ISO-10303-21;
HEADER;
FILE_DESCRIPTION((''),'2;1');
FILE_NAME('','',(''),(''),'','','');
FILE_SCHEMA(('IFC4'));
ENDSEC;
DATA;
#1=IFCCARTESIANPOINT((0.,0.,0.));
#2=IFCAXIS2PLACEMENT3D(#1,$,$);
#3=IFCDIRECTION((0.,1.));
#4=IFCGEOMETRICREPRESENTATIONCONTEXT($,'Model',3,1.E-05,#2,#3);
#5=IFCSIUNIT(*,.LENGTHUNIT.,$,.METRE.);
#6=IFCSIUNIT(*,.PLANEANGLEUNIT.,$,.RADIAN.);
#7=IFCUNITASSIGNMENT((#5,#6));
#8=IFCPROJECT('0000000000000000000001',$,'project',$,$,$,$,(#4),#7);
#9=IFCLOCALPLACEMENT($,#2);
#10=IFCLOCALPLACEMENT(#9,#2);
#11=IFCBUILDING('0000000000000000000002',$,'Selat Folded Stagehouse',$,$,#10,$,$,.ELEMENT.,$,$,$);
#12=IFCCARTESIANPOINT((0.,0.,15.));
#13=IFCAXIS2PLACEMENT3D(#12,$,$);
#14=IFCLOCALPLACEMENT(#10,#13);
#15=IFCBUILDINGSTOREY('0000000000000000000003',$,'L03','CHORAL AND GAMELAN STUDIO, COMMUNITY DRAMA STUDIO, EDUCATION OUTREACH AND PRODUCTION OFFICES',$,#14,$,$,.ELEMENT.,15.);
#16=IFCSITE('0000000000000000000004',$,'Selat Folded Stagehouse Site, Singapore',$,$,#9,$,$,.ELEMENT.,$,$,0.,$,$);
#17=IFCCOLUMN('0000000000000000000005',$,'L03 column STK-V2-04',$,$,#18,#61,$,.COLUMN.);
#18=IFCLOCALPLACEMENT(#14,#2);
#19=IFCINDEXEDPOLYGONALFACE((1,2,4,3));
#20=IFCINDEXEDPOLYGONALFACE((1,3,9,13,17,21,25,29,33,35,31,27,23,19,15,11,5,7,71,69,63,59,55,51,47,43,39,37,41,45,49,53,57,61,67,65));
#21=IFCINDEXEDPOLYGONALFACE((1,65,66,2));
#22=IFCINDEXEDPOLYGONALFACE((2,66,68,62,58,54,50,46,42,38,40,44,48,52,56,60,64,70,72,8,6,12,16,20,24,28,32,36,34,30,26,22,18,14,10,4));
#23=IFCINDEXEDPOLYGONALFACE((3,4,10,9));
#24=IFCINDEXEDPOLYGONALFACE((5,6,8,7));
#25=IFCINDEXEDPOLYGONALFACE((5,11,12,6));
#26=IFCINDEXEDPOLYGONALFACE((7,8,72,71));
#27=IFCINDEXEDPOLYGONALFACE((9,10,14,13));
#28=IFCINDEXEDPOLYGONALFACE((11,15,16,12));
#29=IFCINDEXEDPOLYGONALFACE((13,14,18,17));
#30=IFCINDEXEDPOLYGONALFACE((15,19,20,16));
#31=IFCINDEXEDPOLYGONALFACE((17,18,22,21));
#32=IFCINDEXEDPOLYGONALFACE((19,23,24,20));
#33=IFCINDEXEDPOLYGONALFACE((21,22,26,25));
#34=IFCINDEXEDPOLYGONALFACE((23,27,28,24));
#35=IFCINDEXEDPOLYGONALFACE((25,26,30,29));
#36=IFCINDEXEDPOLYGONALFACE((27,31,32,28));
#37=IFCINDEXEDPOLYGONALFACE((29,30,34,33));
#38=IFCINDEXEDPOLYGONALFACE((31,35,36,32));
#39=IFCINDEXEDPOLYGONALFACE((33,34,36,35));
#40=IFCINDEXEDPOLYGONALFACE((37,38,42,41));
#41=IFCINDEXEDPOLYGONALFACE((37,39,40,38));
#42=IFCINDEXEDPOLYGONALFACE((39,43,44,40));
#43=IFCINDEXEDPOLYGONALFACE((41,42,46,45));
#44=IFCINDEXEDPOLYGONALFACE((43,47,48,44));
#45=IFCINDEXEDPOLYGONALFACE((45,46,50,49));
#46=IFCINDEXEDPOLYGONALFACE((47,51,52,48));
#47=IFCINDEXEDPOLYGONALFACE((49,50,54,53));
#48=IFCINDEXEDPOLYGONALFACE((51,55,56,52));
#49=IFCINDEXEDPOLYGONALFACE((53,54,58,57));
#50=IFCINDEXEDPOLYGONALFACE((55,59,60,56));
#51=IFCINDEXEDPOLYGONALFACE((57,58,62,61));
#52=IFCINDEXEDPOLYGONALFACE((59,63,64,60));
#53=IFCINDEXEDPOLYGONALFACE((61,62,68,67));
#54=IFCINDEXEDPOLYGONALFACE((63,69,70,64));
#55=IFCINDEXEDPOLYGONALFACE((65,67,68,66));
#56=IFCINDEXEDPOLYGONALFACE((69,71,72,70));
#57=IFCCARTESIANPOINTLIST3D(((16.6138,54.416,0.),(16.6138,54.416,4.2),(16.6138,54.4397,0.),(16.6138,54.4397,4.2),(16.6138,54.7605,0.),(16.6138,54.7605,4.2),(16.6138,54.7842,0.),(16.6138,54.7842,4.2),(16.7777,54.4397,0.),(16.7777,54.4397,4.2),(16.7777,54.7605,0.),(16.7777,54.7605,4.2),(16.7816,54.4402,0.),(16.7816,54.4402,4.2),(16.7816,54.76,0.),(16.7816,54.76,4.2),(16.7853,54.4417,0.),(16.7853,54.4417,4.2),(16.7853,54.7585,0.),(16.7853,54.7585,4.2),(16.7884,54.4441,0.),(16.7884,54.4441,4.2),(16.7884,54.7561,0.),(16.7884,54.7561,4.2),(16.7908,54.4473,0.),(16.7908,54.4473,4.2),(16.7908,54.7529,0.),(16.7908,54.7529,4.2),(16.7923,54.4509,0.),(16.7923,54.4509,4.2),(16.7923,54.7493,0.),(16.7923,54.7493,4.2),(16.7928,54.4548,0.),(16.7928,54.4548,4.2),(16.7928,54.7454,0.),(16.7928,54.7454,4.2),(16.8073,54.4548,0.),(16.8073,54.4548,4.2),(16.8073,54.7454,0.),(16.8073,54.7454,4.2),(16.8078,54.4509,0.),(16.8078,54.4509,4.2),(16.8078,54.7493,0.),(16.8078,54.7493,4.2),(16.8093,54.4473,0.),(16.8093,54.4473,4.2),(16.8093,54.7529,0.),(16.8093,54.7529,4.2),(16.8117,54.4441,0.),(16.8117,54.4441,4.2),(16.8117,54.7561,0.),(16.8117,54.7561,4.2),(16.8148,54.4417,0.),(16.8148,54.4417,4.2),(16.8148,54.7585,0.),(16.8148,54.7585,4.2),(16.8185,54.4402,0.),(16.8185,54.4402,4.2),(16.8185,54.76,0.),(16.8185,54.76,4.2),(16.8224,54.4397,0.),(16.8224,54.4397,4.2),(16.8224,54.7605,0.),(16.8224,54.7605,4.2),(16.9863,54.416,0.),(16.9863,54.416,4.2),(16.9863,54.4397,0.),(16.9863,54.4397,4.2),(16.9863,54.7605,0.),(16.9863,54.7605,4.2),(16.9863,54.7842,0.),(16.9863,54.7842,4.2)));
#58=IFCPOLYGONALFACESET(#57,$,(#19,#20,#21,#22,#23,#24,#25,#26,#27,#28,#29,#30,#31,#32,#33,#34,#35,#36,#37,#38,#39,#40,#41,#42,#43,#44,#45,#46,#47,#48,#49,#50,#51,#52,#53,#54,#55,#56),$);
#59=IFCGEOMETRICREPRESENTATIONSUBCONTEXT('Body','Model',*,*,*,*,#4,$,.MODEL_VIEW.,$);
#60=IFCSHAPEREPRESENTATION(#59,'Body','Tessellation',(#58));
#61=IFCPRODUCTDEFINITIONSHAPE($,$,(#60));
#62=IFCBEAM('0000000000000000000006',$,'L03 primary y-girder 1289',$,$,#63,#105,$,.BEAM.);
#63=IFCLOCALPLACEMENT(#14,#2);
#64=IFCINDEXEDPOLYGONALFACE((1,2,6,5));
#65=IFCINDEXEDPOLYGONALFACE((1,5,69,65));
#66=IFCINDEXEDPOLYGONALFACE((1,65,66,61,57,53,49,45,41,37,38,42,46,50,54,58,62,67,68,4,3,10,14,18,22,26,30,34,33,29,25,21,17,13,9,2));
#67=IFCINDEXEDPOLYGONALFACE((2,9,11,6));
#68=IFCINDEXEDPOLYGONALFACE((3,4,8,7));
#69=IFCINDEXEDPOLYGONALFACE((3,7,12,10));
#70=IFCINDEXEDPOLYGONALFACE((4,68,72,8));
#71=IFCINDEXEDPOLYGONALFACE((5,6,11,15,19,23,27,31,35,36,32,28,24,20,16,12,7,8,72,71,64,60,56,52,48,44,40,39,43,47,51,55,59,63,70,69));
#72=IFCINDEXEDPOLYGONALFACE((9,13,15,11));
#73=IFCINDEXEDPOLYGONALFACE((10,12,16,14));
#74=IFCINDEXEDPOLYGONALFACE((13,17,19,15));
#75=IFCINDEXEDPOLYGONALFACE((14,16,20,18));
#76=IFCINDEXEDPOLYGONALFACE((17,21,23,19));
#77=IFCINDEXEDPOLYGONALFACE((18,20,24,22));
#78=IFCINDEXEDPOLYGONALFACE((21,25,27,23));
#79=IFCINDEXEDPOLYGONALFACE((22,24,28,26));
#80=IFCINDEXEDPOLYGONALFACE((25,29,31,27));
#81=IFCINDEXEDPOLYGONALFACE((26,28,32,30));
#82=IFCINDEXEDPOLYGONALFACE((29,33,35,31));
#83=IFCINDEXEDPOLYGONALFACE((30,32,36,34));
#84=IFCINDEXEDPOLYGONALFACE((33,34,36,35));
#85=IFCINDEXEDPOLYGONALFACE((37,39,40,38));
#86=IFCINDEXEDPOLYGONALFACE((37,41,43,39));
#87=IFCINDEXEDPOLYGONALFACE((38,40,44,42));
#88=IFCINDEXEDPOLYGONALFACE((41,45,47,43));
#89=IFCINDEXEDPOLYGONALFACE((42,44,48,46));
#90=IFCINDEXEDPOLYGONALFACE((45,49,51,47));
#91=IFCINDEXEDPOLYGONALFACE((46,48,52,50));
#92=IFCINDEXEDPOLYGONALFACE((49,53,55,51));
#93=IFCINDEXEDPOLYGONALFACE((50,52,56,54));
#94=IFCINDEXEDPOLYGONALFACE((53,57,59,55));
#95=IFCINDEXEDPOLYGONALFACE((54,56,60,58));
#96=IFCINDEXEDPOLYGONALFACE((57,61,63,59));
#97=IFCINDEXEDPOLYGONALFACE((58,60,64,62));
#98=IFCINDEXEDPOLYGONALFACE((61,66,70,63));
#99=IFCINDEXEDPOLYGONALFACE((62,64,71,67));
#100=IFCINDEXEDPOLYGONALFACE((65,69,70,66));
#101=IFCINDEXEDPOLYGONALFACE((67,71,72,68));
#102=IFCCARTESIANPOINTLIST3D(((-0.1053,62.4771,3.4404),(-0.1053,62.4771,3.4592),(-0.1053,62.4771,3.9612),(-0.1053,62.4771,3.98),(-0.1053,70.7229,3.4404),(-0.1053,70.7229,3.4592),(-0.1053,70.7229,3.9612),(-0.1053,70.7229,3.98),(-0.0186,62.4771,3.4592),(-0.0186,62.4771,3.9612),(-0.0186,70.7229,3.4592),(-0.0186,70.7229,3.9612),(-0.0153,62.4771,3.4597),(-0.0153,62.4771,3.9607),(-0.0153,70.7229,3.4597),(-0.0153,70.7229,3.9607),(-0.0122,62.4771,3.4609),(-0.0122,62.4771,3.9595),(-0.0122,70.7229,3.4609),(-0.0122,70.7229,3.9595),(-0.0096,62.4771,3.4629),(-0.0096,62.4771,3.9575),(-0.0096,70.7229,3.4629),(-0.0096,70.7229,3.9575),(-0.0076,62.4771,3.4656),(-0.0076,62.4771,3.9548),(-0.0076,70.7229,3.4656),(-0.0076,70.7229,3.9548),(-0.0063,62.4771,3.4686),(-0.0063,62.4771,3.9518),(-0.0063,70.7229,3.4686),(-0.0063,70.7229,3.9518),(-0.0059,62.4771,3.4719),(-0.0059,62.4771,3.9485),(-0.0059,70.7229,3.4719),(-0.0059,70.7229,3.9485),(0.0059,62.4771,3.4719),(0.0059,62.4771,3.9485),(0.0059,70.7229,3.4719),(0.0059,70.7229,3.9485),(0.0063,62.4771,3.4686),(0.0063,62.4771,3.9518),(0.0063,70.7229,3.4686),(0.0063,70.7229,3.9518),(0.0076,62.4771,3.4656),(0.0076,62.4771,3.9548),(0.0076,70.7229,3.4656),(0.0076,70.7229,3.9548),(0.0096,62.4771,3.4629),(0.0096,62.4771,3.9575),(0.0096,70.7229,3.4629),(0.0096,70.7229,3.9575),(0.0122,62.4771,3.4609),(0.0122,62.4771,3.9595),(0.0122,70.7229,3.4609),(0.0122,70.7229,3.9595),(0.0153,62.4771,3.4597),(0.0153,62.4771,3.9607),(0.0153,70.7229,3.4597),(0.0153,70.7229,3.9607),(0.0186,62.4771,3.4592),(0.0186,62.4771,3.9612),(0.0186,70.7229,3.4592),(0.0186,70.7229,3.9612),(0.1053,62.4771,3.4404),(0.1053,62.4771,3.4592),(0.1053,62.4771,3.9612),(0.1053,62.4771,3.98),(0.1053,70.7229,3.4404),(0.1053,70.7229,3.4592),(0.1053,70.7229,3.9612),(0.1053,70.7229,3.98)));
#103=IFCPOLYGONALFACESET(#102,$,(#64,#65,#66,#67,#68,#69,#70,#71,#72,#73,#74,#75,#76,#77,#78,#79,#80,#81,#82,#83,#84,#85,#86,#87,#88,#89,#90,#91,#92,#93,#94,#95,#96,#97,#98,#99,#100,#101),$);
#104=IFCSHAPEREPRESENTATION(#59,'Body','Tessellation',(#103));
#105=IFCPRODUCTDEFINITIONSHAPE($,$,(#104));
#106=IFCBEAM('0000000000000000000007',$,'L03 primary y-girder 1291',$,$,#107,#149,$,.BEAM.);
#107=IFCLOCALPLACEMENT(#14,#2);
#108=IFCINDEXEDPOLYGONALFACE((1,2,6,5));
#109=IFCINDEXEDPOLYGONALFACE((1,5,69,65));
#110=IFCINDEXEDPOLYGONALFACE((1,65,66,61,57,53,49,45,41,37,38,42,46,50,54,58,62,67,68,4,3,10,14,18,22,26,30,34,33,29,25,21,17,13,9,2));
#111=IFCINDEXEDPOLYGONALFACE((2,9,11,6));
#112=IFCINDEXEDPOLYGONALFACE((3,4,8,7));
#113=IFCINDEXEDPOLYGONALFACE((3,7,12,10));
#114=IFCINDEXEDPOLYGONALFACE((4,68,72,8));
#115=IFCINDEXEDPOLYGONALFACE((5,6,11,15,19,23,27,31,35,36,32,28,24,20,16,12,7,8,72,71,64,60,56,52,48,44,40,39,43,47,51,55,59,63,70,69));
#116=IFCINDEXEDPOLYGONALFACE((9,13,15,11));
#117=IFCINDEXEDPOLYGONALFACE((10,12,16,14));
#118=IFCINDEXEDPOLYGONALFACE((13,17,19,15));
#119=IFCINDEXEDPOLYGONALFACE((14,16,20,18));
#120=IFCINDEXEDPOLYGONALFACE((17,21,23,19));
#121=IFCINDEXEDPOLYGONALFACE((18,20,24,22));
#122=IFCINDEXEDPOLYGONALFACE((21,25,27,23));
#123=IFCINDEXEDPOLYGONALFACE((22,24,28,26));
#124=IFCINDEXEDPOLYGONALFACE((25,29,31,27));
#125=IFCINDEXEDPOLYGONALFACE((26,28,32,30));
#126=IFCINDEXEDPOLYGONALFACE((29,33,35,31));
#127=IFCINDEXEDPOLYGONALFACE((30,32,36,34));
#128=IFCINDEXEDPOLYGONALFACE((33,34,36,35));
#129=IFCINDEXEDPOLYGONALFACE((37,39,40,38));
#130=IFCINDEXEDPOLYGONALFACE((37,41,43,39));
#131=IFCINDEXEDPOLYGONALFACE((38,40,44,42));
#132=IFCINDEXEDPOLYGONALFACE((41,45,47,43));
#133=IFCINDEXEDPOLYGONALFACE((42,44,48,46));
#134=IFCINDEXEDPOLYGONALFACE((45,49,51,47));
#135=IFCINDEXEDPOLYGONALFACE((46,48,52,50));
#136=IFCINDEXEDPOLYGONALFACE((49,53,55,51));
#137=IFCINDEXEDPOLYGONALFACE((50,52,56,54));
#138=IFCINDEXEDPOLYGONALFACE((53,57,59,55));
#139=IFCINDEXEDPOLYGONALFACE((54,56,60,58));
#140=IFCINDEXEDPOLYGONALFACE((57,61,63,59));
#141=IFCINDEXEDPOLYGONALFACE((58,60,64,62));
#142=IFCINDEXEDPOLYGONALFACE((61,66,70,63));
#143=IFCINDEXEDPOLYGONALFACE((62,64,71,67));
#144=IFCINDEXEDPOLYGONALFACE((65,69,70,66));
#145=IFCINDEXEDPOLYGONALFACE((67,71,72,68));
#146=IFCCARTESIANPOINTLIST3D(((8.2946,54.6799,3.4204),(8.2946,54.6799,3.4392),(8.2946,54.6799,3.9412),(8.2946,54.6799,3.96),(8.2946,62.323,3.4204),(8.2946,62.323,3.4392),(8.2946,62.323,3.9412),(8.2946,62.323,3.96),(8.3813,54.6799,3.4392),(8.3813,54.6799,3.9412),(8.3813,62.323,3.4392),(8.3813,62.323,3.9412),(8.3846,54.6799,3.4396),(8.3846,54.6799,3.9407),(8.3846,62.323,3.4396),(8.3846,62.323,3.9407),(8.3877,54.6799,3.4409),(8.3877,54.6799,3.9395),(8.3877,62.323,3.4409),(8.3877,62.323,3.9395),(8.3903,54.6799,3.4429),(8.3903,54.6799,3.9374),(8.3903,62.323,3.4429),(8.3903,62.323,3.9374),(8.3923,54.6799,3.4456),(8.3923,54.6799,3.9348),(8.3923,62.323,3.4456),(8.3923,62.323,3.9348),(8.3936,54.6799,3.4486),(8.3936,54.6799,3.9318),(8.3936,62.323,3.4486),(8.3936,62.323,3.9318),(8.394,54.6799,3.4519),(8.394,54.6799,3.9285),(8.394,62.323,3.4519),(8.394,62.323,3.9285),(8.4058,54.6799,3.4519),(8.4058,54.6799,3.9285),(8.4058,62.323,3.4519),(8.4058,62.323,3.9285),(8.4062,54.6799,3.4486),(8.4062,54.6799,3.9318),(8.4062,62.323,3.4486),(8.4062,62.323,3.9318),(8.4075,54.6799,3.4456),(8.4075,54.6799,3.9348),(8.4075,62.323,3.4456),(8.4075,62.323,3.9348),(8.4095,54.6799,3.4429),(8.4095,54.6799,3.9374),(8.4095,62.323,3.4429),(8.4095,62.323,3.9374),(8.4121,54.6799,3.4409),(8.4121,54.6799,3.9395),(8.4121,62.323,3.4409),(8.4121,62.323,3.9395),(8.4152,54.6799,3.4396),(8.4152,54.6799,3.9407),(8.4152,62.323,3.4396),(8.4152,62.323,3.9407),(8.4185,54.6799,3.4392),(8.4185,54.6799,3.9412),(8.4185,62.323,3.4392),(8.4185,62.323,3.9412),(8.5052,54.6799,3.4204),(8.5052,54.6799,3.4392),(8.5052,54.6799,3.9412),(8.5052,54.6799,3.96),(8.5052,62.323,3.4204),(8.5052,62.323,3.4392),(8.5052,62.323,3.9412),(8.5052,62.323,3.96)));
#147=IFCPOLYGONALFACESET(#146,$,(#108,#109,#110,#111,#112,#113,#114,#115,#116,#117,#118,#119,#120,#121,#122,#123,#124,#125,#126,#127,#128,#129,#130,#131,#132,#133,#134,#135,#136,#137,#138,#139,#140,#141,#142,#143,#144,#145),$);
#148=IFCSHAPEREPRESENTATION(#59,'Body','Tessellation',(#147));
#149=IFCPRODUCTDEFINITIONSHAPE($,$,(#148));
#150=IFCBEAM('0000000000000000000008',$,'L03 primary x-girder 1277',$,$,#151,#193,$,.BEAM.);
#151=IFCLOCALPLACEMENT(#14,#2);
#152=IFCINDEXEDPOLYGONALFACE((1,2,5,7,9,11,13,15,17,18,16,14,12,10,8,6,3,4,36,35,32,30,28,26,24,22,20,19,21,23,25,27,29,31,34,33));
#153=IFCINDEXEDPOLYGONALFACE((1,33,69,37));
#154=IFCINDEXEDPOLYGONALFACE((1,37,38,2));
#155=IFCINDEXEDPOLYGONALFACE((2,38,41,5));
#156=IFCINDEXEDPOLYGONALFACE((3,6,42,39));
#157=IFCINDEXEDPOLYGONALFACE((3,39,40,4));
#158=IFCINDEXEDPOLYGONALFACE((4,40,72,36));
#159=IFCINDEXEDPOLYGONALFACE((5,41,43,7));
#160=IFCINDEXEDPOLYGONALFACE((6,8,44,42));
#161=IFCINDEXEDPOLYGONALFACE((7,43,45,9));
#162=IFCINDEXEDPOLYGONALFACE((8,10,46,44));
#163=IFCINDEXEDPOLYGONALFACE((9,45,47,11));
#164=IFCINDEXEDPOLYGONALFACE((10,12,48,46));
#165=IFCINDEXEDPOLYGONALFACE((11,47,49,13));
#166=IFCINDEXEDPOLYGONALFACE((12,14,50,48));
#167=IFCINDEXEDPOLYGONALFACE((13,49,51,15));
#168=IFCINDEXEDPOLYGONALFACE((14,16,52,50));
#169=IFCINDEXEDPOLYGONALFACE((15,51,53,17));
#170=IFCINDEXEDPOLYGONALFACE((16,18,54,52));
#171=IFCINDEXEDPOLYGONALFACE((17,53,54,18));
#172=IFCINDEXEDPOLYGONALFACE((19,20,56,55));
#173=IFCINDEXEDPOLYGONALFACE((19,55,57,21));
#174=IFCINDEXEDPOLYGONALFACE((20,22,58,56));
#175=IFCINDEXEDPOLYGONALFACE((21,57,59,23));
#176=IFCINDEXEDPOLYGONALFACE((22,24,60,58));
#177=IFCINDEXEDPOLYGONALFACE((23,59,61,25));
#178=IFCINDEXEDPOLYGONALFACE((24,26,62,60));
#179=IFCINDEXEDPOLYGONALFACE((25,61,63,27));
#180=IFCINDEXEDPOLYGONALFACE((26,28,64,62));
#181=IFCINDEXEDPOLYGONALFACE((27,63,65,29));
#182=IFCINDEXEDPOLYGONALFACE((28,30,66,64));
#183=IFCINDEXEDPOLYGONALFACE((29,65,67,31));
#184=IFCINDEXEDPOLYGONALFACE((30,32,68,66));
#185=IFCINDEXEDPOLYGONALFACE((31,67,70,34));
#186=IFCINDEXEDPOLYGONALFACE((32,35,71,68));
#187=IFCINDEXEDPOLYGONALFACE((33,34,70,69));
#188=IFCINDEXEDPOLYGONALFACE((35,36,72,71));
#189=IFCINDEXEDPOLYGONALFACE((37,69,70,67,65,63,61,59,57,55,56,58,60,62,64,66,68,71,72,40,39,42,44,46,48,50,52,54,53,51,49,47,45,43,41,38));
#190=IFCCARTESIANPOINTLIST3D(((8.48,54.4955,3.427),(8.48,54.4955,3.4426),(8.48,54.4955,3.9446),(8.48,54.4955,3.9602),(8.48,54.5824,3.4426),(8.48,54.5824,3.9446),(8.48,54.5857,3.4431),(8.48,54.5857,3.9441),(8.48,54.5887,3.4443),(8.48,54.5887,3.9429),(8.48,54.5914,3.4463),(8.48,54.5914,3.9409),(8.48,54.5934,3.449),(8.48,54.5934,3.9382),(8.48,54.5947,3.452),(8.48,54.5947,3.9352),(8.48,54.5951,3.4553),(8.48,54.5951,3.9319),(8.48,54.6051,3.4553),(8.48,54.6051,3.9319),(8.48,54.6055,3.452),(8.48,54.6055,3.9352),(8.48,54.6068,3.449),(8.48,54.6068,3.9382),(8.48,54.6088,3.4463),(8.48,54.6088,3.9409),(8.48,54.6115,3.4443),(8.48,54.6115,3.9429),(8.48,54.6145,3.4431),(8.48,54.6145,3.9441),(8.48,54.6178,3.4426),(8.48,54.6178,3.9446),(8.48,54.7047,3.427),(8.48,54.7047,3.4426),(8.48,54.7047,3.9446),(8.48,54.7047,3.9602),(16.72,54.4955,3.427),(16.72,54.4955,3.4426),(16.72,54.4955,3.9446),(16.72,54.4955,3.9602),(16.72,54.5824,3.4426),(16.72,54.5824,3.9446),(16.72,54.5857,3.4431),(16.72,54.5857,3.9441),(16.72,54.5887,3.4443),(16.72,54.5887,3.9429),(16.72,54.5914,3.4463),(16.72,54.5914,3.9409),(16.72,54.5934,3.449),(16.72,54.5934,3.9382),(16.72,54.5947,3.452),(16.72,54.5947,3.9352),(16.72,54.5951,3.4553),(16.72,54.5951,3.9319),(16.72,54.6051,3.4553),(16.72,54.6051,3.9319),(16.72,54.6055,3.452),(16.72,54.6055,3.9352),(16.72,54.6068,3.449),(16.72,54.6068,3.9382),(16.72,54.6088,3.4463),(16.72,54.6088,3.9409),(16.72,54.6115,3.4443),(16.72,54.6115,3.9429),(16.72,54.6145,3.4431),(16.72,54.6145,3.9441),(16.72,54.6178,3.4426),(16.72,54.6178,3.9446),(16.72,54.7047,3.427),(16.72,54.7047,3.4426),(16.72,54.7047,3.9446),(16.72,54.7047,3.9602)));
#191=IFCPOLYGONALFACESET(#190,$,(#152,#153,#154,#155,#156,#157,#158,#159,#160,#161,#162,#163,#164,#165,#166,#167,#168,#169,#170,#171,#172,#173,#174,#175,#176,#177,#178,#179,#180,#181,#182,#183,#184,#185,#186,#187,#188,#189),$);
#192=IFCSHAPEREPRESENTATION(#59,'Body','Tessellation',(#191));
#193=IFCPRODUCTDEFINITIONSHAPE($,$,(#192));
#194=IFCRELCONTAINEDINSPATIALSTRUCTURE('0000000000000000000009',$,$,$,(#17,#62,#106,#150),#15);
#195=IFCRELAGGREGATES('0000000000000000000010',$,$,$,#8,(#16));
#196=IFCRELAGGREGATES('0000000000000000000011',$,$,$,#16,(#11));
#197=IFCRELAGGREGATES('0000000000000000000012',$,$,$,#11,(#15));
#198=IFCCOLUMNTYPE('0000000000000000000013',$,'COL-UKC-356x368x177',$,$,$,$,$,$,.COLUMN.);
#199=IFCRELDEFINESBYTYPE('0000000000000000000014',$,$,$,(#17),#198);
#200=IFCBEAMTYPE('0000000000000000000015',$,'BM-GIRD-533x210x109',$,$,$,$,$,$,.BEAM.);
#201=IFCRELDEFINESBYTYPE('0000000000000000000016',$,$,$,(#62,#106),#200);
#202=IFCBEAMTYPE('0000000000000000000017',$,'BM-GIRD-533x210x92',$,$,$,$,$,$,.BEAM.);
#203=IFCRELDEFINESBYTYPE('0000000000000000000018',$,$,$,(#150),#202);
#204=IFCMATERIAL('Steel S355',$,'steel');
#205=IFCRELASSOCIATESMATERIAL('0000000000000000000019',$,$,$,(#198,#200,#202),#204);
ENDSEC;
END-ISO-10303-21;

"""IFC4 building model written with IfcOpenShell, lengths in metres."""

from ifc_helpers import new_model, si_unit, direction, frame, origin, origin_2d, place, context, subcontext, project, spatial, i_section, extrude, material, material_profile, profile_set, type_object, element, save


model = new_model("IFC4")

# Units and contexts
model_context = context("Model", 3, precision=1e-05, world=origin(), true_north=direction((0.0, 1.0)))
body_context = subcontext(model_context, "Body", "Model", "MODEL_VIEW")
ifc_project = project(units=[si_unit("LENGTHUNIT", "METRE"), si_unit("PLANEANGLEUNIT", "RADIAN")], contexts=[model_context])

# Site, building, storey
site_placement = place(None, origin())
site = spatial("IfcSite", under=ifc_project, at=site_placement, Name="Selat Folded Stagehouse Site, Singapore", CompositionType="ELEMENT", RefElevation=0.0)
building_placement = place(site_placement, origin())
building = spatial("IfcBuilding", under=site, at=building_placement, Name="Selat Folded Stagehouse", CompositionType="ELEMENT")
storey_placement = place(building_placement, frame((0.0, 0.0, 15.0)))
storey = spatial("IfcBuildingStorey", under=building, at=storey_placement, Name="L03", Description="CHORAL AND GAMELAN STUDIO, COMMUNITY DRAMA STUDIO, EDUCATION OUTREACH AND PRODUCTION OFFICES", CompositionType="ELEMENT", Elevation=15.0)

# Column
ifc_material_1 = material(Name="Steel S355", Category="steel")
ifc_material_profile_1 = material_profile(ifc_material_1, i_section(OverallWidth=0.3726, OverallDepth=0.3682, WebThickness=0.0144, FlangeThickness=0.0237, FilletRadius=0.0151, at=origin_2d()), Name="UKC 356x368x177")
ifc_profile_set_1 = profile_set([ifc_material_profile_1], Name="Steel S355")
column_type_1 = type_object("IfcColumnType", Name="COL-UKC-356x368x177", PredefinedType="COLUMN", material=ifc_profile_set_1)
for number, where, z_axis, x_axis, name in (
    (1, (16.8, 54.6001, 0.0), (0.0, 0.0, 1.0), (1.0, 0.0, 0.0), "L03 column STK-V2-04"),
):
    element("IfcColumn", number, at=place(storey_placement, frame(where, z_axis=z_axis, x_axis=x_axis)), inside=storey, type_object=column_type_1, Name=name, PredefinedType="COLUMN", context=body_context, shape_type="SweptSolid", body=[
        extrude(i_section(OverallWidth=0.3726, OverallDepth=0.3682, WebThickness=0.0144, FlangeThickness=0.0237, FilletRadius=0.0151, at=origin_2d()), origin(), (0.0, 0.0, 1.0), 4.2),
    ])

# Beams
ifc_material_profile_2 = material_profile(ifc_material_1, i_section(OverallWidth=0.2107, OverallDepth=0.5396, WebThickness=0.0117, FlangeThickness=0.0188, FilletRadius=0.0127, at=origin_2d()), Name="UKB 533x210x109")
ifc_profile_set_2 = profile_set([ifc_material_profile_2], Name="Steel S355")
beam_type_1 = type_object("IfcBeamType", Name="BM-GIRD-533x210x109", PredefinedType="BEAM", material=ifc_profile_set_2)
beam_1_placement = place(storey_placement, frame((0.0, 62.4771, 3.7102), z_axis=(0.0, 1.0, 0.0), x_axis=(-1.0, 0.0, 0.0)))
element("IfcBeam", 2, at=beam_1_placement, inside=storey, type_object=beam_type_1, Name="L03 primary y-girder 1289", PredefinedType="BEAM", context=body_context, shape_type="SweptSolid", body=[
    extrude(i_section(OverallWidth=0.2107, OverallDepth=0.5396, WebThickness=0.0117, FlangeThickness=0.0188, FilletRadius=0.0127, at=origin_2d()), origin(), (0.0, 0.0, 1.0), 8.2458),
])
beam_2_placement = place(storey_placement, frame((8.3999, 54.6799, 3.6902), z_axis=(0.0, 1.0, 0.0), x_axis=(-1.0, 0.0, 0.0)))
element("IfcBeam", 3, at=beam_2_placement, inside=storey, type_object=beam_type_1, Name="L03 primary y-girder 1291", PredefinedType="BEAM", context=body_context, shape_type="SweptSolid", body=[
    extrude(i_section(OverallWidth=0.2107, OverallDepth=0.5396, WebThickness=0.0117, FlangeThickness=0.0188, FilletRadius=0.0127, at=origin_2d()), origin(), (0.0, 0.0, 1.0), 7.6431),
])
ifc_material_profile_3 = material_profile(ifc_material_1, i_section(OverallWidth=0.2092, OverallDepth=0.5332, WebThickness=0.01, FlangeThickness=0.0156, FilletRadius=0.0127, at=origin_2d()), Name="UKB 533x210x92")
ifc_profile_set_3 = profile_set([ifc_material_profile_3], Name="Steel S355")
beam_type_2 = type_object("IfcBeamType", Name="BM-GIRD-533x210x92", PredefinedType="BEAM", material=ifc_profile_set_3)
beam_3_placement = place(storey_placement, frame((8.48, 54.6001, 3.6936), z_axis=(1.0, 0.0, 0.0), x_axis=(0.0, 1.0, 0.0)))
element("IfcBeam", 4, at=beam_3_placement, inside=storey, type_object=beam_type_2, Name="L03 primary x-girder 1277", PredefinedType="BEAM", context=body_context, shape_type="SweptSolid", body=[
    extrude(i_section(OverallWidth=0.2092, OverallDepth=0.5332, WebThickness=0.01, FlangeThickness=0.0156, FilletRadius=0.0127, at=origin_2d()), origin(), (0.0, 0.0, 1.0), 8.24),
])

save(model, "model.ifc")
